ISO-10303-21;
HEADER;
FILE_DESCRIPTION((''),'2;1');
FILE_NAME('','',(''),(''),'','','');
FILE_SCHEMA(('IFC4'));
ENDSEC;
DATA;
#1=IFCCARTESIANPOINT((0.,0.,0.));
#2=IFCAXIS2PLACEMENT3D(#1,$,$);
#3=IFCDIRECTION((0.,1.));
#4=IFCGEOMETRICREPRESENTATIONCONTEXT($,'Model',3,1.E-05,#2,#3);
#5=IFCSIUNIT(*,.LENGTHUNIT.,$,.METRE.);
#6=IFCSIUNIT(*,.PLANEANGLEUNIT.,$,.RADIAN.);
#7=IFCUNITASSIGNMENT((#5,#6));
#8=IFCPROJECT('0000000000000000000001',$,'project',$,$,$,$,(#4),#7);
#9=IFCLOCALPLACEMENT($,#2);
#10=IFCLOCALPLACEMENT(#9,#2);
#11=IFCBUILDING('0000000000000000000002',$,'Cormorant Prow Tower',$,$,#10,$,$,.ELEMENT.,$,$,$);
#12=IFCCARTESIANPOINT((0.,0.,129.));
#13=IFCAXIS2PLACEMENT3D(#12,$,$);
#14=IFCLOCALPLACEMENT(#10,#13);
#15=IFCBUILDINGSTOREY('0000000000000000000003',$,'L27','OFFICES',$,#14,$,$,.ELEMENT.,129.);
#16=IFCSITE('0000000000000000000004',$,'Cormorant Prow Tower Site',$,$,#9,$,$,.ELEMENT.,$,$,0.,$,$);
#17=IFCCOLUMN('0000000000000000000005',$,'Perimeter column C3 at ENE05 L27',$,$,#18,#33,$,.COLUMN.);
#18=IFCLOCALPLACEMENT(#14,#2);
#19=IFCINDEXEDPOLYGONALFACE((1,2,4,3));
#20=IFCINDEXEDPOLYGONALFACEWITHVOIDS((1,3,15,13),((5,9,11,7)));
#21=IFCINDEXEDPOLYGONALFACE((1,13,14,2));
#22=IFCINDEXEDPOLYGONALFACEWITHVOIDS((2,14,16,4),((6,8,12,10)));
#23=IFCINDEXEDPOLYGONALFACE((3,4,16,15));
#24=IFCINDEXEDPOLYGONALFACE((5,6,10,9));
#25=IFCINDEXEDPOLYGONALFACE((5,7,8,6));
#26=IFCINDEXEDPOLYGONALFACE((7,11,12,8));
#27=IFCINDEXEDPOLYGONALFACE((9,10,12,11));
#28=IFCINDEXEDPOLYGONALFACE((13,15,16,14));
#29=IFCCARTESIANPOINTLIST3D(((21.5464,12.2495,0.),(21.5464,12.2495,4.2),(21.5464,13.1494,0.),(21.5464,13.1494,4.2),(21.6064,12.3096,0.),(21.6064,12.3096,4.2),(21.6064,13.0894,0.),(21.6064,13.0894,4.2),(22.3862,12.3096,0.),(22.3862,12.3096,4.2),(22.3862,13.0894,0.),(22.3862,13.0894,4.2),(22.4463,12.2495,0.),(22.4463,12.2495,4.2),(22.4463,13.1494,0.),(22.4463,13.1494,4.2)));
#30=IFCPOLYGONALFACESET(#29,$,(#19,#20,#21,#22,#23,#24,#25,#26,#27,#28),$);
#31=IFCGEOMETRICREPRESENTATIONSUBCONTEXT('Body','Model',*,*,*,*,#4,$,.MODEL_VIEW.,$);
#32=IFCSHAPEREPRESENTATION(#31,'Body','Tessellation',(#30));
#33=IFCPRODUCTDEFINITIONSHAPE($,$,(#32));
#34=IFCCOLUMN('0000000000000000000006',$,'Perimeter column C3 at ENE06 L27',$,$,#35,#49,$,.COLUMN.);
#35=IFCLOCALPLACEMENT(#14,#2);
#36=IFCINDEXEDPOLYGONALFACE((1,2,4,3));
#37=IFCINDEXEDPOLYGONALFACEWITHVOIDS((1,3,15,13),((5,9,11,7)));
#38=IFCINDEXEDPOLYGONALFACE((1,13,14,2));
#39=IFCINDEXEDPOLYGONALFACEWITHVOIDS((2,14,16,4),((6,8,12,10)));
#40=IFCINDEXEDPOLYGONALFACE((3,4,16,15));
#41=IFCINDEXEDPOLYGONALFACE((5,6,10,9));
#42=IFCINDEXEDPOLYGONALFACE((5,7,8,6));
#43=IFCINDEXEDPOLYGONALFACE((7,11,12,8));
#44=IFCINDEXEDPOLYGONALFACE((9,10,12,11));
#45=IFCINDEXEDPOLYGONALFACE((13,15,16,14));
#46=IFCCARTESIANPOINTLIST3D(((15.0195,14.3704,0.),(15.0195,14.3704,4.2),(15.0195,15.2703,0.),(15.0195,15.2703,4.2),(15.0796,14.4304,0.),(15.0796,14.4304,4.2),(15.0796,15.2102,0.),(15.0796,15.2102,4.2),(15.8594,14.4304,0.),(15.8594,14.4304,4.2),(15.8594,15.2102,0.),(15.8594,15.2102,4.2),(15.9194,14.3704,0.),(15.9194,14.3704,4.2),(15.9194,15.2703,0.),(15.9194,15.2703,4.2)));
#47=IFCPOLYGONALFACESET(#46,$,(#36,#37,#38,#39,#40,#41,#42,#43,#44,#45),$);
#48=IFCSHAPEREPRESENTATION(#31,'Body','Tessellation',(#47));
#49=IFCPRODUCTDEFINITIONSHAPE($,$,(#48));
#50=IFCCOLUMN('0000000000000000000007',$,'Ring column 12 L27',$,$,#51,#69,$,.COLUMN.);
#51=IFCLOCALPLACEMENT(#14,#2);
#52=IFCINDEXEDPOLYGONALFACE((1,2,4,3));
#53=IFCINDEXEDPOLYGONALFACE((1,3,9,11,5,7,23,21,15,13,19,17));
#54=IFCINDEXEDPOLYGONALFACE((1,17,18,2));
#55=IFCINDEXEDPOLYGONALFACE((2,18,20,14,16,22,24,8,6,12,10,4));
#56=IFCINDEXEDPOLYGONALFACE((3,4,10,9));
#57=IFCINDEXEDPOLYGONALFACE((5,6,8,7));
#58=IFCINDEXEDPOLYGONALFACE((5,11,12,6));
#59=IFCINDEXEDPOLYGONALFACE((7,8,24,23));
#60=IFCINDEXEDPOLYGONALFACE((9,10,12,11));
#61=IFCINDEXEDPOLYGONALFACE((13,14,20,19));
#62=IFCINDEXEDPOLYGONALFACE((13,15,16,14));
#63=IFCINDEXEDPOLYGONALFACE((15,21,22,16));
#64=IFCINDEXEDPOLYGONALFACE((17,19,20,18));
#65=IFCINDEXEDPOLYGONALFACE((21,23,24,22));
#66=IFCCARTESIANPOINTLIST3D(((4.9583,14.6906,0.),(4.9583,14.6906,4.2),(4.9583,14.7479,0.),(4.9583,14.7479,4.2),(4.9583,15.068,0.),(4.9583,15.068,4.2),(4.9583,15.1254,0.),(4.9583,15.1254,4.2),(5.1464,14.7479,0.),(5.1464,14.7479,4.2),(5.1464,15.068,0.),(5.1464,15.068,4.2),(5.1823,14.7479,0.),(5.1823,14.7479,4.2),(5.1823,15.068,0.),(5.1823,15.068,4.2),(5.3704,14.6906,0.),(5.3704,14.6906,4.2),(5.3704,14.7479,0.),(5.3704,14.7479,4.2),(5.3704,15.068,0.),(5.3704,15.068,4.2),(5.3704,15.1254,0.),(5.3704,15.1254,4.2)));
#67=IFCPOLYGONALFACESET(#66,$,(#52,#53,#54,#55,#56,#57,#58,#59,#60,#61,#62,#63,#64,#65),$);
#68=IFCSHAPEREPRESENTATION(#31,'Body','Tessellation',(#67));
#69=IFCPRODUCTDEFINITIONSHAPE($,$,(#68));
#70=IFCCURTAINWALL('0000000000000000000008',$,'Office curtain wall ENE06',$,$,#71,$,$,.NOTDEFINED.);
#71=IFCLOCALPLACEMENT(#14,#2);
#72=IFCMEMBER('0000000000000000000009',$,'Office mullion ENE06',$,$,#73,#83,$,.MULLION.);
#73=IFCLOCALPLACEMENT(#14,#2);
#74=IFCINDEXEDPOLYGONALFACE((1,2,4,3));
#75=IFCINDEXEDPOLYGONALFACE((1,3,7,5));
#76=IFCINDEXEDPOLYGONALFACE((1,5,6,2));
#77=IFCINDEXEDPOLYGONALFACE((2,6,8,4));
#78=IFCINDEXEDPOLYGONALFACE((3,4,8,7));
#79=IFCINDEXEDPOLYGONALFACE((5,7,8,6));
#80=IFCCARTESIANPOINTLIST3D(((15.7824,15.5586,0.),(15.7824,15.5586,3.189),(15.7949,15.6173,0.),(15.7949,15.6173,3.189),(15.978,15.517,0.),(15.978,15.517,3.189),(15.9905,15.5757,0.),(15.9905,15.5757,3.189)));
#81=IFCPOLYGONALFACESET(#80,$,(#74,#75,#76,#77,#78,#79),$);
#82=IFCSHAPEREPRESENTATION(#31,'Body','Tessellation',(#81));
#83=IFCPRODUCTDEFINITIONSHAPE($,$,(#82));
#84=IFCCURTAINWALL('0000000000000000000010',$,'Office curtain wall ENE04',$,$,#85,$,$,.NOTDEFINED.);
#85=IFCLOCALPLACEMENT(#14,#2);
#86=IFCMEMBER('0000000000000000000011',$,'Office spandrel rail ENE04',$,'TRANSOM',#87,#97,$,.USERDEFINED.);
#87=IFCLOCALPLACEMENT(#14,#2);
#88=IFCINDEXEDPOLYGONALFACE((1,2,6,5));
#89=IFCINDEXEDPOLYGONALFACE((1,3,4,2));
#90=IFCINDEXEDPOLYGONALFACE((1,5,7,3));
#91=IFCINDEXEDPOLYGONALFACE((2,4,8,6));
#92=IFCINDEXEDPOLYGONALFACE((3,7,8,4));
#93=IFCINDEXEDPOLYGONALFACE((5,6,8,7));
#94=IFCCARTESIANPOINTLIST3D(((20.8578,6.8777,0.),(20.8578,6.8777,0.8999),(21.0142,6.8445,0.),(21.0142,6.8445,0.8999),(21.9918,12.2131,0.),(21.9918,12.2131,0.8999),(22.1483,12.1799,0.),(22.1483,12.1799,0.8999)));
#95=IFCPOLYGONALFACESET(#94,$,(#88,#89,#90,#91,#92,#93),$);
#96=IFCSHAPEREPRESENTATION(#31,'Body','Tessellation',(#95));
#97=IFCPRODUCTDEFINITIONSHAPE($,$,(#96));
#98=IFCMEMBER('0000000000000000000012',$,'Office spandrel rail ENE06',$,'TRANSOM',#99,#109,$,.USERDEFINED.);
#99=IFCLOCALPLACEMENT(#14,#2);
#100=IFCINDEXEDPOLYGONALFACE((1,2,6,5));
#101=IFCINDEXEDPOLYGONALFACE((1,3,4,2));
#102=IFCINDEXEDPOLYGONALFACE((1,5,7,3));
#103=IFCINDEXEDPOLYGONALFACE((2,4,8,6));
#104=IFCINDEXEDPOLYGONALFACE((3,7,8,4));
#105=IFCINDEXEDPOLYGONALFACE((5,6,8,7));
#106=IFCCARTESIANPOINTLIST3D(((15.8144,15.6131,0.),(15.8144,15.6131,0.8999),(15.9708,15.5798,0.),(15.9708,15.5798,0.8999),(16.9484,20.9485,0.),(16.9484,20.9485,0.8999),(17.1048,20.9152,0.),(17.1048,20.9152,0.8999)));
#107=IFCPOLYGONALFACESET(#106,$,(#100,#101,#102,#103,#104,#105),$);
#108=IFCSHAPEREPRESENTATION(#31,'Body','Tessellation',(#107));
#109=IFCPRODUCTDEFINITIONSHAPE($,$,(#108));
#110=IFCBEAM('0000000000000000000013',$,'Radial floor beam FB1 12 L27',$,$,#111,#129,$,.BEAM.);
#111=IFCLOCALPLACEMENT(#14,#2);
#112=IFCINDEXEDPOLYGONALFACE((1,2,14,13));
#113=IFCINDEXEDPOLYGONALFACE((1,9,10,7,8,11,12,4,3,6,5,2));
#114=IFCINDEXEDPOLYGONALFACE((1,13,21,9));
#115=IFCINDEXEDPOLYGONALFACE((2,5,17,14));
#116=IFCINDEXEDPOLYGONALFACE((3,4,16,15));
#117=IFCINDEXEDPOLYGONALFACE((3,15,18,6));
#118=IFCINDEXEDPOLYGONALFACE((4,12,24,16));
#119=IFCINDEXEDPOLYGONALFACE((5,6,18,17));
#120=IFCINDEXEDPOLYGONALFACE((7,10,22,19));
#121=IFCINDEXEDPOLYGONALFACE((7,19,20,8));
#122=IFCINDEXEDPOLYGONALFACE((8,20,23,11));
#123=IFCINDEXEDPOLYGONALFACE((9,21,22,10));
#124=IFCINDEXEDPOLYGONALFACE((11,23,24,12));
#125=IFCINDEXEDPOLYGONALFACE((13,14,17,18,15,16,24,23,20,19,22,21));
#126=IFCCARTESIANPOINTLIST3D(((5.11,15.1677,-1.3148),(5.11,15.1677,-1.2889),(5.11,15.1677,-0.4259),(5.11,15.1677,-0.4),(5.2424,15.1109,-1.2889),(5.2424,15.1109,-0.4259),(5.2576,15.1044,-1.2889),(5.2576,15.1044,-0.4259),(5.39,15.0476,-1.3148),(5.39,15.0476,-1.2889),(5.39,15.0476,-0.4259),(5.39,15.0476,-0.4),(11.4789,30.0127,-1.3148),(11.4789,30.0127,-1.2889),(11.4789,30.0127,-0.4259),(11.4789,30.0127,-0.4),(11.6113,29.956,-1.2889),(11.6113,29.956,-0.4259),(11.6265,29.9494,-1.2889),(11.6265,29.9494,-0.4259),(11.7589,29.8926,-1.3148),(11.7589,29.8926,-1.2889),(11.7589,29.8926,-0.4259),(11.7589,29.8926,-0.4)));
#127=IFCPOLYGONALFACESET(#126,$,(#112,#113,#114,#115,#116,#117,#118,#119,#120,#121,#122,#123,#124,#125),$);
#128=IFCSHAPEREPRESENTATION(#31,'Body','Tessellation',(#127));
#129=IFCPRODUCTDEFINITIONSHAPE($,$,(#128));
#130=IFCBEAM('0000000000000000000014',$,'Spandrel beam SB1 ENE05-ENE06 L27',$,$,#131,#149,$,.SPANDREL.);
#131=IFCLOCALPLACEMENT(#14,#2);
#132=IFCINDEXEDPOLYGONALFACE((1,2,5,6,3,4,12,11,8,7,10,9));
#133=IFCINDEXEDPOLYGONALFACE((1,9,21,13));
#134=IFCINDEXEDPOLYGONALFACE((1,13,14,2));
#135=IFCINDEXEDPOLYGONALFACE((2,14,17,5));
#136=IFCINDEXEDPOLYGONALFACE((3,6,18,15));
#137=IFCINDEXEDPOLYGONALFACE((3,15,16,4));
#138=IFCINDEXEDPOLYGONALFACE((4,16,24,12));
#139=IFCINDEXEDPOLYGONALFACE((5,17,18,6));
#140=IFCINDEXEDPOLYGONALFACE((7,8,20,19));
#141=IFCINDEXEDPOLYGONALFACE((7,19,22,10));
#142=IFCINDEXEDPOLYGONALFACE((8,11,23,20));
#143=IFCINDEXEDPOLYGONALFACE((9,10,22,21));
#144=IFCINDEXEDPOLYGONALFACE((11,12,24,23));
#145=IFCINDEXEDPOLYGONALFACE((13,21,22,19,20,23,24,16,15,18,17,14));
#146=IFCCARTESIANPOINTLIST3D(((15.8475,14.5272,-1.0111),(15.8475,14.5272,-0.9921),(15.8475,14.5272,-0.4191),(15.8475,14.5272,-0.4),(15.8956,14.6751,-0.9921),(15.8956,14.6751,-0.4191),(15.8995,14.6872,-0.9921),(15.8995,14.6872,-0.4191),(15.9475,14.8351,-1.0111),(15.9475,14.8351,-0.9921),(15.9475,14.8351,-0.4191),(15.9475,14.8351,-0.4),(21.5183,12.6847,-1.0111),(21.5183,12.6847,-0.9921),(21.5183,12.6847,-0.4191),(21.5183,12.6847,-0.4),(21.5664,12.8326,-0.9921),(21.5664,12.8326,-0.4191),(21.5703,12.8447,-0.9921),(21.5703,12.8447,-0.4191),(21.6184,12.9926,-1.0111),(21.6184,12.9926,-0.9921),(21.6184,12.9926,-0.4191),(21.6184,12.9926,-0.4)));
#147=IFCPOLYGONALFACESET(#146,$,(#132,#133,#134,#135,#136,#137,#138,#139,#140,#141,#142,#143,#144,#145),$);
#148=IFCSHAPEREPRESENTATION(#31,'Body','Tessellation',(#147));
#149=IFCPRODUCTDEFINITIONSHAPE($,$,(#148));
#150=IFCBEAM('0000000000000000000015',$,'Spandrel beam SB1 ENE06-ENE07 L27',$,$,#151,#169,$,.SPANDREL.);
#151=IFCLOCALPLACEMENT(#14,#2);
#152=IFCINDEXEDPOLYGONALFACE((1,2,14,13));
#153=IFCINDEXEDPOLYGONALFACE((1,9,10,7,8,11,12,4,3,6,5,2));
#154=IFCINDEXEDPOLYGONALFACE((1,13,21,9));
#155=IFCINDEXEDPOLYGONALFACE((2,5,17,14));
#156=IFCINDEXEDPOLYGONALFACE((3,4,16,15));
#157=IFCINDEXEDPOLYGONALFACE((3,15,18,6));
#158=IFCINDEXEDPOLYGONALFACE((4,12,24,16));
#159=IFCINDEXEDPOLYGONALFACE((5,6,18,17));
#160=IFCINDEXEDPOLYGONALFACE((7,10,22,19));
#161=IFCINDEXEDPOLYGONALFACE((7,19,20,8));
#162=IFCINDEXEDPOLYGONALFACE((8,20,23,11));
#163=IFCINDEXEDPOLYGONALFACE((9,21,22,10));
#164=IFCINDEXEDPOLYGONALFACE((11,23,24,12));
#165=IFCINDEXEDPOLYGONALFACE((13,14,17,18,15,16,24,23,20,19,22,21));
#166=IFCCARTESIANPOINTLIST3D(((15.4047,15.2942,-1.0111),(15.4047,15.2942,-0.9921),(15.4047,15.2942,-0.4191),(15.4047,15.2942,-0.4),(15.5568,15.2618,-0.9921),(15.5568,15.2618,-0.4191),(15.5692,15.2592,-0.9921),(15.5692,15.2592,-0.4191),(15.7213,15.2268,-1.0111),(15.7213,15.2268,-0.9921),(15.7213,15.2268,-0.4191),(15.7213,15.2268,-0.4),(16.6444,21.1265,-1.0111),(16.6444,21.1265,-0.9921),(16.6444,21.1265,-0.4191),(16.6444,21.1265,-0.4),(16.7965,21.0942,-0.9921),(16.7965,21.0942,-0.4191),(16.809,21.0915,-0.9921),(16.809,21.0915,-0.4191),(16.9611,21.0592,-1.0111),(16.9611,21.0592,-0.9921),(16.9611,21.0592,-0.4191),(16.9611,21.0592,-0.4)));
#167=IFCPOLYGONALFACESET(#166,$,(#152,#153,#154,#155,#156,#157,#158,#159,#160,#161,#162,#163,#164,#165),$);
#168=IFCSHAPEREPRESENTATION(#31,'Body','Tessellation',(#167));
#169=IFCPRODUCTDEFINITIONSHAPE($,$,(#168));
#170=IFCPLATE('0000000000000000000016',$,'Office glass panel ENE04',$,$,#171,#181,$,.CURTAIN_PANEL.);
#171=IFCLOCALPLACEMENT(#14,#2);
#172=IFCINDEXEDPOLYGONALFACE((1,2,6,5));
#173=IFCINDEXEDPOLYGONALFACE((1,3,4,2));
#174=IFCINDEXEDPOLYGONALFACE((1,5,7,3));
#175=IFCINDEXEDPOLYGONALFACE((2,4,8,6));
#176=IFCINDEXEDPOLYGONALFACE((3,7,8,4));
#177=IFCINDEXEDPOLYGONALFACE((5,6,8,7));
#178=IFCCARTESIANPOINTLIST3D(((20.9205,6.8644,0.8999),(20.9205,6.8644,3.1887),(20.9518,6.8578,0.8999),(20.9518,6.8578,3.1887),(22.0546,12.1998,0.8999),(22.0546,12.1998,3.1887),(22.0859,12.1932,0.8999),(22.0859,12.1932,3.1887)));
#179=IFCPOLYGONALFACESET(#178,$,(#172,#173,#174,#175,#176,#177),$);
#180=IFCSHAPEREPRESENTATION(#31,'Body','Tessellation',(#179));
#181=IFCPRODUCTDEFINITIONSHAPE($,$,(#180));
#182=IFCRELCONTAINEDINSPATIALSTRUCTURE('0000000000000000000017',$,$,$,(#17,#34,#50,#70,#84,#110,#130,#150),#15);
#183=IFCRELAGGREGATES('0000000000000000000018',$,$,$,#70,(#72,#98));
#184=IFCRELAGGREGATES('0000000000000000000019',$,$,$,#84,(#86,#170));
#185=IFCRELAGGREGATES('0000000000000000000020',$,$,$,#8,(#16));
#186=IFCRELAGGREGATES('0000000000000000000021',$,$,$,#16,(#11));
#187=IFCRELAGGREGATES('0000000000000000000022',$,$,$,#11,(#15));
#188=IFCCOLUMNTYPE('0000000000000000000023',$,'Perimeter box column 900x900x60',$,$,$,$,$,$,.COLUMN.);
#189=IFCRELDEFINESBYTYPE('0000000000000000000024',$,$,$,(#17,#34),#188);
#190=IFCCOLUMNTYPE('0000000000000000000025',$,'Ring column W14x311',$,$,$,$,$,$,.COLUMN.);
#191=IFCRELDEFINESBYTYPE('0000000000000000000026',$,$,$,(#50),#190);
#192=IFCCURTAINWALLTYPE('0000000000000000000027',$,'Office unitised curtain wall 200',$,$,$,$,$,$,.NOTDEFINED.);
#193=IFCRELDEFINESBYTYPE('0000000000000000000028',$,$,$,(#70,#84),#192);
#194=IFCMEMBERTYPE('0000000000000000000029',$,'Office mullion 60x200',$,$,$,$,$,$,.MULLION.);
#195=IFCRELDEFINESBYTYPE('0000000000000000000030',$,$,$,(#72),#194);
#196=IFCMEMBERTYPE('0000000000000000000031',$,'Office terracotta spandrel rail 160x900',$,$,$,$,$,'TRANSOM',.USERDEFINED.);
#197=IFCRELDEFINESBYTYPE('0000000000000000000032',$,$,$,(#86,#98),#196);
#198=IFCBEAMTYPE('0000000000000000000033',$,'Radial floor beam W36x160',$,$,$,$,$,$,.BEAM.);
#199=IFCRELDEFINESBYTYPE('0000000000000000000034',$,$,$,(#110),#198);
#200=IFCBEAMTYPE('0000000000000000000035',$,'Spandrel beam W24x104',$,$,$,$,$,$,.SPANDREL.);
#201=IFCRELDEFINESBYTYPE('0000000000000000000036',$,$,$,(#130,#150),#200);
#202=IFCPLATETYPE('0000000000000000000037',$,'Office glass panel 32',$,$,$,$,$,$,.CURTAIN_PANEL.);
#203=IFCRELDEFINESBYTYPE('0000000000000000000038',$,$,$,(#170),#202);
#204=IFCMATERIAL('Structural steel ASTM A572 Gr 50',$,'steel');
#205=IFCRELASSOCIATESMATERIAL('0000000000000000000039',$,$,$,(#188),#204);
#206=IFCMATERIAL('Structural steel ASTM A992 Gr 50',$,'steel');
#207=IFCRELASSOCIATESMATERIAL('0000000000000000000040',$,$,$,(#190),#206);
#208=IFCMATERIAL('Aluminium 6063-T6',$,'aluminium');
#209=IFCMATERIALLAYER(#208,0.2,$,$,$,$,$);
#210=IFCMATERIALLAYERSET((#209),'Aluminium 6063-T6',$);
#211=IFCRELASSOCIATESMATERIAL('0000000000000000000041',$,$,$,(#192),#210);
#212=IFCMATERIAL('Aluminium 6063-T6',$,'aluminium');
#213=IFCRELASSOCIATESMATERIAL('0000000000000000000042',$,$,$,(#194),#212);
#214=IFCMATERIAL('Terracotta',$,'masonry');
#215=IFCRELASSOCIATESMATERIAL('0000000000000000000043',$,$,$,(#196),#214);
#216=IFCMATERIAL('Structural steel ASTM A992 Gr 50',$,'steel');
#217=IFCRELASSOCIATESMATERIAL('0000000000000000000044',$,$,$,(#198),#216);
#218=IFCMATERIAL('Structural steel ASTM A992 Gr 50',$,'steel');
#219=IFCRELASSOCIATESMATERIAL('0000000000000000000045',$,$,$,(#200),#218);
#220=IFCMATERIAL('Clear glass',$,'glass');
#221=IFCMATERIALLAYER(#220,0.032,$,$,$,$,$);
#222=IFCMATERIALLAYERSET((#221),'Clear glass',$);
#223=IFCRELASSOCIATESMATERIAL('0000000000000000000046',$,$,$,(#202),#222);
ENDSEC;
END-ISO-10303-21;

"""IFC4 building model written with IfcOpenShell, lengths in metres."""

from ifc_helpers import new_model, si_unit, direction, frame, origin, origin_2d, place, context, subcontext, project, spatial, rectangle, hollow_rectangle, i_section, extrude, material, layer, layer_set, material_profile, profile_set, type_object, element, aggregate, save


model = new_model("IFC4")

# Units and contexts
model_context = context("Model", 3, precision=1e-05, world=origin(), true_north=direction((0.0, 1.0)))
body_context = subcontext(model_context, "Body", "Model", "MODEL_VIEW")
ifc_project = project(units=[si_unit("LENGTHUNIT", "METRE"), si_unit("PLANEANGLEUNIT", "RADIAN")], contexts=[model_context])

# Site, building, storey
site_placement = place(None, origin())
site = spatial("IfcSite", under=ifc_project, at=site_placement, Name="Cormorant Prow Tower Site", CompositionType="ELEMENT", RefElevation=0.0)
building_placement = place(site_placement, origin())
building = spatial("IfcBuilding", under=site, at=building_placement, Name="Cormorant Prow Tower", CompositionType="ELEMENT")
storey_placement = place(building_placement, frame((0.0, 0.0, 129.0)))
storey = spatial("IfcBuildingStorey", under=building, at=storey_placement, Name="L27", Description="OFFICES", CompositionType="ELEMENT", Elevation=129.0)

# Columns
ifc_material_1 = material(Name="Structural steel ASTM A572 Gr 50", Category="steel")
ifc_material_profile_1 = material_profile(ifc_material_1, hollow_rectangle(XDim=0.8999, YDim=0.8999, WallThickness=0.0601, at=origin_2d()), Name="Box 900x900x60")
ifc_profile_set_1 = profile_set([ifc_material_profile_1], Name="Structural steel ASTM A572 Gr 50")
column_type_1 = type_object("IfcColumnType", Name="Perimeter box column 900x900x60", PredefinedType="COLUMN", material=ifc_profile_set_1)
for number, where, z_axis, x_axis, name in (
    (1, (21.9963, 12.6995, 0.0), (0.0, 0.0, 1.0), (1.0, 0.0, 0.0), "Perimeter column C3 at ENE05 L27"),
    (2, (15.4695, 14.8203, 0.0), (0.0, 0.0, 1.0), (1.0, 0.0, 0.0), "Perimeter column C3 at ENE06 L27"),
):
    element("IfcColumn", number, at=place(storey_placement, frame(where, z_axis=z_axis, x_axis=x_axis)), inside=storey, type_object=column_type_1, Name=name, PredefinedType="COLUMN", context=body_context, shape_type="SweptSolid", body=[
        extrude(hollow_rectangle(XDim=0.8999, YDim=0.8999, WallThickness=0.0601, at=origin_2d()), origin(), (0.0, 0.0, 1.0), 4.2),
    ])
ifc_material_2 = material(Name="Structural steel ASTM A992 Gr 50", Category="steel")
ifc_material_profile_2 = material_profile(ifc_material_2, i_section(OverallWidth=0.4121, OverallDepth=0.4348, WebThickness=0.0359, FlangeThickness=0.0574, at=origin_2d()), Name="W14x311")
ifc_profile_set_2 = profile_set([ifc_material_profile_2], Name="Structural steel ASTM A992 Gr 50")
column_type_2 = type_object("IfcColumnType", Name="Ring column W14x311", PredefinedType="COLUMN", material=ifc_profile_set_2)
column_placement = place(storey_placement, frame((5.1643, 14.908, 0.0), z_axis=(0.0, 0.0, 1.0), x_axis=(1.0, 0.0, 0.0)))
element("IfcColumn", 3, at=column_placement, inside=storey, type_object=column_type_2, Name="Ring column 12 L27", PredefinedType="COLUMN", context=body_context, shape_type="SweptSolid", body=[
    extrude(i_section(OverallWidth=0.4121, OverallDepth=0.4348, WebThickness=0.0359, FlangeThickness=0.0574, at=origin_2d()), origin(), (0.0, 0.0, 1.0), 4.2),
])

# Curtain walls, members
ifc_material_3 = material(Name="Aluminium 6063-T6", Category="aluminium")
ifc_layer_1 = layer(ifc_material_3, 0.2)
ifc_layer_set_1 = layer_set([ifc_layer_1], Name="Aluminium 6063-T6")
curtain_wall_type = type_object("IfcCurtainWallType", Name="Office unitised curtain wall 200", PredefinedType="NOTDEFINED", material=ifc_layer_set_1)
curtain_wall_1_placement = place(storey_placement, origin())
curtain_wall_1 = element("IfcCurtainWall", 4, at=curtain_wall_1_placement, inside=storey, type_object=curtain_wall_type, Name="Office curtain wall ENE06", PredefinedType="NOTDEFINED")
ifc_material_4 = material(Name="Aluminium 6063-T6", Category="aluminium")
ifc_material_profile_3 = material_profile(ifc_material_4, rectangle(XDim=0.2, YDim=0.0601, at=origin_2d()), Name="Office mullion 60x200")
ifc_profile_set_3 = profile_set([ifc_material_profile_3], Name="Aluminium 6063-T6")
member_type_1 = type_object("IfcMemberType", Name="Office mullion 60x200", PredefinedType="MULLION", material=ifc_profile_set_3)
member_1_placement = place(storey_placement, frame((15.8865, 15.5671, 0.0), z_axis=(0.0, 0.0, 1.0), x_axis=(-0.978148, 0.207912, 0.0)))
member_1 = element("IfcMember", 5, at=member_1_placement, type_object=member_type_1, Name="Office mullion ENE06", PredefinedType="MULLION", context=body_context, shape_type="SweptSolid", body=[
    extrude(rectangle(XDim=0.2, YDim=0.0601, at=origin_2d()), origin(), (0.0, 0.0, 1.0), 3.189),
])
curtain_wall_2_placement = place(storey_placement, origin())
curtain_wall_2 = element("IfcCurtainWall", 6, at=curtain_wall_2_placement, inside=storey, type_object=curtain_wall_type, Name="Office curtain wall ENE04", PredefinedType="NOTDEFINED")
ifc_material_5 = material(Name="Terracotta", Category="masonry")
ifc_material_profile_4 = material_profile(ifc_material_5, rectangle(XDim=0.1599, YDim=0.8999, at=origin_2d()), Name="Office terracotta spandrel rail 160x900")
ifc_profile_set_4 = profile_set([ifc_material_profile_4], Name="Terracotta")
member_type_2 = type_object("IfcMemberType", Name="Office terracotta spandrel rail 160x900", ElementType="TRANSOM", PredefinedType="USERDEFINED", material=ifc_profile_set_4)
member_2_placement = place(storey_placement, frame((20.936, 6.8611, 0.45), z_axis=(0.207903, 0.97815, 0.0), x_axis=(-0.97815, 0.207903, 0.0)))
member_2 = element("IfcMember", 7, at=member_2_placement, type_object=member_type_2, Name="Office spandrel rail ENE04", ObjectType="TRANSOM", PredefinedType="USERDEFINED", context=body_context, shape_type="SweptSolid", body=[
    extrude(rectangle(XDim=0.1599, YDim=0.8999, at=origin_2d()), origin(), (0.0, 0.0, 1.0), 5.4546),
])

# Member
member_3_placement = place(storey_placement, frame((15.8926, 15.5964, 0.45), z_axis=(0.207903, 0.97815, 0.0), x_axis=(-0.97815, 0.207903, 0.0)))
member_3 = element("IfcMember", 8, at=member_3_placement, type_object=member_type_2, Name="Office spandrel rail ENE06", ObjectType="TRANSOM", PredefinedType="USERDEFINED", context=body_context, shape_type="SweptSolid", body=[
    extrude(rectangle(XDim=0.1599, YDim=0.8999, at=origin_2d()), origin(), (0.0, 0.0, 1.0), 5.4546),
])
aggregate(curtain_wall_1, [member_1, member_3])

# Beams
ifc_material_6 = material(Name="Structural steel ASTM A992 Gr 50", Category="steel")
ifc_material_profile_5 = material_profile(ifc_material_6, i_section(OverallWidth=0.3047, OverallDepth=0.9148, WebThickness=0.0166, FlangeThickness=0.0259, at=origin_2d()), Name="W36x160")
ifc_profile_set_5 = profile_set([ifc_material_profile_5], Name="Structural steel ASTM A992 Gr 50")
beam_type_1 = type_object("IfcBeamType", Name="Radial floor beam W36x160", PredefinedType="BEAM", material=ifc_profile_set_5)
beam_placement = place(storey_placement, frame((5.25, 15.1077, -0.8574), z_axis=(0.394273, 0.918993, 0.0), x_axis=(-0.918993, 0.394273, 0.0)))
element("IfcBeam", 9, at=beam_placement, inside=storey, type_object=beam_type_1, Name="Radial floor beam FB1 12 L27", PredefinedType="BEAM", context=body_context, shape_type="SweptSolid", body=[
    extrude(i_section(OverallWidth=0.3047, OverallDepth=0.9148, WebThickness=0.0166, FlangeThickness=0.0259, at=origin_2d()), origin(), (0.0, 0.0, 1.0), 16.1536),
])
ifc_material_7 = material(Name="Structural steel ASTM A992 Gr 50", Category="steel")
ifc_material_profile_6 = material_profile(ifc_material_7, i_section(OverallWidth=0.3237, OverallDepth=0.6111, WebThickness=0.0127, FlangeThickness=0.019, at=origin_2d()), Name="W24x104")
ifc_profile_set_6 = profile_set([ifc_material_profile_6], Name="Structural steel ASTM A992 Gr 50")
beam_type_2 = type_object("IfcBeamType", Name="Spandrel beam W24x104", PredefinedType="SPANDREL", material=ifc_profile_set_6)
for number, where, z_axis, x_axis, name in (
    (10, (21.5684, 12.8386, -0.7056), (-0.951059, 0.309008, 0.0), (-0.309008, -0.951059, 0.0), "Spandrel beam SB1 ENE05-ENE06 L27"),
    (11, (15.563, 15.2605, -0.7056), (0.207921, 0.978146, 0.0), (-0.978146, 0.207921, 0.0), "Spandrel beam SB1 ENE06-ENE07 L27"),
):
    element("IfcBeam", number, at=place(storey_placement, frame(where, z_axis=z_axis, x_axis=x_axis)), inside=storey, type_object=beam_type_2, Name=name, PredefinedType="SPANDREL", context=body_context, shape_type="SweptSolid", body=[
        extrude(i_section(OverallWidth=0.3237, OverallDepth=0.6111, WebThickness=0.0127, FlangeThickness=0.019, at=origin_2d()), origin(), (0.0, 0.0, 1.0), 5.9626),
    ])

# Plate
ifc_material_8 = material(Name="Clear glass", Category="glass")
ifc_layer_2 = layer(ifc_material_8, 0.032)
ifc_layer_set_2 = layer_set([ifc_layer_2], Name="Clear glass")
plate_type = type_object("IfcPlateType", Name="Office glass panel 32", PredefinedType="CURTAIN_PANEL", material=ifc_layer_set_2)
plate_placement = place(storey_placement, frame((21.5032, 9.5288, 0.8999), z_axis=(0.0, 0.0, 1.0), x_axis=(0.207912, 0.978148, 0.0)))
plate = element("IfcPlate", 12, at=plate_placement, type_object=plate_type, Name="Office glass panel ENE04", PredefinedType="CURTAIN_PANEL", context=body_context, shape_type="SweptSolid", body=[
    extrude(rectangle(XDim=5.4546, YDim=0.032, at=origin_2d()), origin(), (0.0, 0.0, 1.0), 2.2888),
])
aggregate(curtain_wall_2, [member_2, plate])

save(model, "model.ifc")
